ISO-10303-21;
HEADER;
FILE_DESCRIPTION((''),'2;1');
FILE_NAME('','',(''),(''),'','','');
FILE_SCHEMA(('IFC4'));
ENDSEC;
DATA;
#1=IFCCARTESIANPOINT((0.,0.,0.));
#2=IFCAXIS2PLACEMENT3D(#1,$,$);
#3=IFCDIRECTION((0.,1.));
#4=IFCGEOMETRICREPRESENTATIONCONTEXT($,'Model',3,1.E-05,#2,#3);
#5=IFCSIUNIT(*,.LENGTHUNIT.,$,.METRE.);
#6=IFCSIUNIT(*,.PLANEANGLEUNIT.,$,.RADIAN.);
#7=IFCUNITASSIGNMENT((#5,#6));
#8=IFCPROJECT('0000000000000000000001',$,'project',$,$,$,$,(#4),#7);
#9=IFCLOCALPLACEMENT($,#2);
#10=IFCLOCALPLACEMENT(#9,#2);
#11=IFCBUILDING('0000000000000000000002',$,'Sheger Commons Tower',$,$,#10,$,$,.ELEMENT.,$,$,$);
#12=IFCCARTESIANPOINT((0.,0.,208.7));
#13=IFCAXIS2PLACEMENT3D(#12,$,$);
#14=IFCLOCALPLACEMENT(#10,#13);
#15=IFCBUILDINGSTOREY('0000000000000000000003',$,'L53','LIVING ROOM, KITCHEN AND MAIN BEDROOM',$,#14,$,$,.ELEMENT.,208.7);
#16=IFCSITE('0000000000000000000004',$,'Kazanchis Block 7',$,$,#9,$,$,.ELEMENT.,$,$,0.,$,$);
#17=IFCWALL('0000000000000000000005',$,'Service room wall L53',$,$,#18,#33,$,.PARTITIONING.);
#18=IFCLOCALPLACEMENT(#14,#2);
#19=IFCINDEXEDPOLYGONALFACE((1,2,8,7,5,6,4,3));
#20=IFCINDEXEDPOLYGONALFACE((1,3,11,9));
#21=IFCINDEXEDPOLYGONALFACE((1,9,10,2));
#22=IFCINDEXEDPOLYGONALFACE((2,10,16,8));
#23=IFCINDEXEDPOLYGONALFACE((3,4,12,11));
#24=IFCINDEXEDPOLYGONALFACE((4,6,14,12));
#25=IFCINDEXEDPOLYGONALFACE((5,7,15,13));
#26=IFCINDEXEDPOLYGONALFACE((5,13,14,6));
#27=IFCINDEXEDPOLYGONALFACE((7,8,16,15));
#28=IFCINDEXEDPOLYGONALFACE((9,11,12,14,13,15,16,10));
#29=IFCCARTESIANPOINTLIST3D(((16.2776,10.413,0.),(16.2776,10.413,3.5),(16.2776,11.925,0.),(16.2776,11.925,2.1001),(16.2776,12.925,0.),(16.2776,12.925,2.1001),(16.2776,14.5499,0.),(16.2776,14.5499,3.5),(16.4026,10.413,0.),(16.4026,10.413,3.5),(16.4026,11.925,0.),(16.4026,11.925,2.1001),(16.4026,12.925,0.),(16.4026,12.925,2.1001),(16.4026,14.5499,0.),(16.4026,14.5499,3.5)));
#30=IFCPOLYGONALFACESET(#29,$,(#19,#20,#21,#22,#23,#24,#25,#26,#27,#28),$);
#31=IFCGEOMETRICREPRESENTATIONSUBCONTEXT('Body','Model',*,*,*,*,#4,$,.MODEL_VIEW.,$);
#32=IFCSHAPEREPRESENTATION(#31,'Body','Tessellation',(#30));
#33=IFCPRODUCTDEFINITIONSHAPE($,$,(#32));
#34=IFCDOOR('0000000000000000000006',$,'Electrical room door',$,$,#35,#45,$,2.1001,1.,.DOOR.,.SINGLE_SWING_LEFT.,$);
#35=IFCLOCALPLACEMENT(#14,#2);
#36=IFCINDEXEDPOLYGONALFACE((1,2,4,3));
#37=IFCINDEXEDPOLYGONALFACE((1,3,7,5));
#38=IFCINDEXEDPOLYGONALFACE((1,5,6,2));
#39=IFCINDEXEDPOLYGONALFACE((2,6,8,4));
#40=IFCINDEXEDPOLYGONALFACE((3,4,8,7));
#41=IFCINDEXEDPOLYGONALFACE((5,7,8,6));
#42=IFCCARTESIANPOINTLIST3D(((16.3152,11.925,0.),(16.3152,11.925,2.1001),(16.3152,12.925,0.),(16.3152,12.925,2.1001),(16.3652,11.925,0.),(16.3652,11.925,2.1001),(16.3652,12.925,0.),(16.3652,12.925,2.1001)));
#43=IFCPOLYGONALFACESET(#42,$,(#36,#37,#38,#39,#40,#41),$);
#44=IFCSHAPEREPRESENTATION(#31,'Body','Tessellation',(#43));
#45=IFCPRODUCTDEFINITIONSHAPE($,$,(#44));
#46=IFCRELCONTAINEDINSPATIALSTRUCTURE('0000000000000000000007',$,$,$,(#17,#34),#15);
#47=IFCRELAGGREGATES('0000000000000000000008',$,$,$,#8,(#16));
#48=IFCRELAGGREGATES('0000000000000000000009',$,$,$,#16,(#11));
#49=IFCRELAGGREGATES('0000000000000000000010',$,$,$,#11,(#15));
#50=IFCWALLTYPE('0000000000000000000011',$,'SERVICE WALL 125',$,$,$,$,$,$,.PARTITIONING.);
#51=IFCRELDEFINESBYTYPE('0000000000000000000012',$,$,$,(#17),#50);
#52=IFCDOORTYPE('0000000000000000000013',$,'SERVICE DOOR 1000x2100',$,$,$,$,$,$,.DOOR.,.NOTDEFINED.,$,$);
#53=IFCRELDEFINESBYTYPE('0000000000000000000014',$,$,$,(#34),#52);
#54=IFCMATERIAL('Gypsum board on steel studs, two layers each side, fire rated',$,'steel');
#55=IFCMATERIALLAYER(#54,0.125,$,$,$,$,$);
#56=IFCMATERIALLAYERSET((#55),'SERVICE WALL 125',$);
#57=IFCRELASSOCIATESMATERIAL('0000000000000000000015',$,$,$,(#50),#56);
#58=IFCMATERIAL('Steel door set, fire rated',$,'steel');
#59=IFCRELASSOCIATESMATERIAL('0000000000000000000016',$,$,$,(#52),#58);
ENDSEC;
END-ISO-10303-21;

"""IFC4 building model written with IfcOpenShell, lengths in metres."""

from ifc_helpers import new_model, si_unit, direction, frame, frame_2d, origin, place, context, subcontext, project, spatial, rectangle, extrude, material, layer, layer_set, type_object, element, fill, save


model = new_model("IFC4")

# Units and contexts
model_context = context("Model", 3, precision=1e-05, world=origin(), true_north=direction((0.0, 1.0)))
body_context = subcontext(model_context, "Body", "Model", "MODEL_VIEW")
ifc_project = project(units=[si_unit("LENGTHUNIT", "METRE"), si_unit("PLANEANGLEUNIT", "RADIAN")], contexts=[model_context])

# Site, building, storey
site_placement = place(None, origin())
site = spatial("IfcSite", under=ifc_project, at=site_placement, Name="Kazanchis Block 7", CompositionType="ELEMENT", RefElevation=0.0)
building_placement = place(site_placement, origin())
building = spatial("IfcBuilding", under=site, at=building_placement, Name="Sheger Commons Tower", CompositionType="ELEMENT")
storey_placement = place(building_placement, frame((0.0, 0.0, 208.7)))
storey = spatial("IfcBuildingStorey", under=building, at=storey_placement, Name="L53", Description="LIVING ROOM, KITCHEN AND MAIN BEDROOM", CompositionType="ELEMENT", Elevation=208.7)

# Shared definitions
ifc_material_1 = material(Name="Gypsum board on steel studs, two layers each side, fire rated", Category="steel")
ifc_layer_1 = layer(ifc_material_1, 0.125)
ifc_layer_set_1 = layer_set([ifc_layer_1], Name="SERVICE WALL 125")
wall_type_1 = type_object("IfcWallType", Name="SERVICE WALL 125", PredefinedType="PARTITIONING", material=ifc_layer_set_1)
ifc_material_2 = material(Name="Steel door set, fire rated", Category="steel")
door_type_1 = type_object("IfcDoorType", Name="SERVICE DOOR 1000x2100", OperationType="NOTDEFINED", PredefinedType="DOOR", material=ifc_material_2)

# Wall, opening, door
wall_1_placement = place(storey_placement, frame((16.3401, 10.4131, 0.0), z_axis=(0.0, 0.0, 1.0), x_axis=(0.0, 1.0, 0.0)))
wall_1 = element("IfcWall", 1, at=wall_1_placement, inside=storey, type_object=wall_type_1, Name="Service room wall L53", PredefinedType="PARTITIONING", context=body_context, shape_type="SweptSolid", body=[
    extrude(rectangle(XDim=4.137, YDim=0.125, at=frame_2d((2.0684, 0.0))), origin(), (0.0, 0.0, 1.0), 3.5),
])
opening_1_placement = place(wall_1_placement, frame((1.512, 0.0, 0.0)))
opening_1 = element("IfcOpeningElement", 2, at=opening_1_placement, cuts=wall_1, PredefinedType="OPENING", context=body_context, shape_type="SweptSolid", body=[
    extrude(rectangle(XDim=1.0, YDim=2.1001, at=frame_2d((0.5, 1.05))), frame((0.0, 0.0725, 0.0), z_axis=(0.0, -1.0, 0.0), x_axis=(1.0, 0.0, 0.0)), (0.0, 0.0, 1.0), 0.145),
])
door_1_placement = place(opening_1_placement, origin())
door_1 = element("IfcDoor", 3, at=door_1_placement, inside=storey, type_object=door_type_1, Name="Electrical room door", OperationType="SINGLE_SWING_LEFT", OverallHeight=2.1001, OverallWidth=1.0, PredefinedType="DOOR", context=body_context, shape_type="SweptSolid", body=[
    extrude(rectangle(XDim=1.0, YDim=2.1001, at=frame_2d((0.5, 1.05))), frame((0.0, 0.0249, 0.0), z_axis=(0.0, -1.0, 0.0), x_axis=(1.0, 0.0, 0.0)), (0.0, 0.0, 1.0), 0.05),
])
fill(opening_1, door_1)

save(model, "model.ifc")
